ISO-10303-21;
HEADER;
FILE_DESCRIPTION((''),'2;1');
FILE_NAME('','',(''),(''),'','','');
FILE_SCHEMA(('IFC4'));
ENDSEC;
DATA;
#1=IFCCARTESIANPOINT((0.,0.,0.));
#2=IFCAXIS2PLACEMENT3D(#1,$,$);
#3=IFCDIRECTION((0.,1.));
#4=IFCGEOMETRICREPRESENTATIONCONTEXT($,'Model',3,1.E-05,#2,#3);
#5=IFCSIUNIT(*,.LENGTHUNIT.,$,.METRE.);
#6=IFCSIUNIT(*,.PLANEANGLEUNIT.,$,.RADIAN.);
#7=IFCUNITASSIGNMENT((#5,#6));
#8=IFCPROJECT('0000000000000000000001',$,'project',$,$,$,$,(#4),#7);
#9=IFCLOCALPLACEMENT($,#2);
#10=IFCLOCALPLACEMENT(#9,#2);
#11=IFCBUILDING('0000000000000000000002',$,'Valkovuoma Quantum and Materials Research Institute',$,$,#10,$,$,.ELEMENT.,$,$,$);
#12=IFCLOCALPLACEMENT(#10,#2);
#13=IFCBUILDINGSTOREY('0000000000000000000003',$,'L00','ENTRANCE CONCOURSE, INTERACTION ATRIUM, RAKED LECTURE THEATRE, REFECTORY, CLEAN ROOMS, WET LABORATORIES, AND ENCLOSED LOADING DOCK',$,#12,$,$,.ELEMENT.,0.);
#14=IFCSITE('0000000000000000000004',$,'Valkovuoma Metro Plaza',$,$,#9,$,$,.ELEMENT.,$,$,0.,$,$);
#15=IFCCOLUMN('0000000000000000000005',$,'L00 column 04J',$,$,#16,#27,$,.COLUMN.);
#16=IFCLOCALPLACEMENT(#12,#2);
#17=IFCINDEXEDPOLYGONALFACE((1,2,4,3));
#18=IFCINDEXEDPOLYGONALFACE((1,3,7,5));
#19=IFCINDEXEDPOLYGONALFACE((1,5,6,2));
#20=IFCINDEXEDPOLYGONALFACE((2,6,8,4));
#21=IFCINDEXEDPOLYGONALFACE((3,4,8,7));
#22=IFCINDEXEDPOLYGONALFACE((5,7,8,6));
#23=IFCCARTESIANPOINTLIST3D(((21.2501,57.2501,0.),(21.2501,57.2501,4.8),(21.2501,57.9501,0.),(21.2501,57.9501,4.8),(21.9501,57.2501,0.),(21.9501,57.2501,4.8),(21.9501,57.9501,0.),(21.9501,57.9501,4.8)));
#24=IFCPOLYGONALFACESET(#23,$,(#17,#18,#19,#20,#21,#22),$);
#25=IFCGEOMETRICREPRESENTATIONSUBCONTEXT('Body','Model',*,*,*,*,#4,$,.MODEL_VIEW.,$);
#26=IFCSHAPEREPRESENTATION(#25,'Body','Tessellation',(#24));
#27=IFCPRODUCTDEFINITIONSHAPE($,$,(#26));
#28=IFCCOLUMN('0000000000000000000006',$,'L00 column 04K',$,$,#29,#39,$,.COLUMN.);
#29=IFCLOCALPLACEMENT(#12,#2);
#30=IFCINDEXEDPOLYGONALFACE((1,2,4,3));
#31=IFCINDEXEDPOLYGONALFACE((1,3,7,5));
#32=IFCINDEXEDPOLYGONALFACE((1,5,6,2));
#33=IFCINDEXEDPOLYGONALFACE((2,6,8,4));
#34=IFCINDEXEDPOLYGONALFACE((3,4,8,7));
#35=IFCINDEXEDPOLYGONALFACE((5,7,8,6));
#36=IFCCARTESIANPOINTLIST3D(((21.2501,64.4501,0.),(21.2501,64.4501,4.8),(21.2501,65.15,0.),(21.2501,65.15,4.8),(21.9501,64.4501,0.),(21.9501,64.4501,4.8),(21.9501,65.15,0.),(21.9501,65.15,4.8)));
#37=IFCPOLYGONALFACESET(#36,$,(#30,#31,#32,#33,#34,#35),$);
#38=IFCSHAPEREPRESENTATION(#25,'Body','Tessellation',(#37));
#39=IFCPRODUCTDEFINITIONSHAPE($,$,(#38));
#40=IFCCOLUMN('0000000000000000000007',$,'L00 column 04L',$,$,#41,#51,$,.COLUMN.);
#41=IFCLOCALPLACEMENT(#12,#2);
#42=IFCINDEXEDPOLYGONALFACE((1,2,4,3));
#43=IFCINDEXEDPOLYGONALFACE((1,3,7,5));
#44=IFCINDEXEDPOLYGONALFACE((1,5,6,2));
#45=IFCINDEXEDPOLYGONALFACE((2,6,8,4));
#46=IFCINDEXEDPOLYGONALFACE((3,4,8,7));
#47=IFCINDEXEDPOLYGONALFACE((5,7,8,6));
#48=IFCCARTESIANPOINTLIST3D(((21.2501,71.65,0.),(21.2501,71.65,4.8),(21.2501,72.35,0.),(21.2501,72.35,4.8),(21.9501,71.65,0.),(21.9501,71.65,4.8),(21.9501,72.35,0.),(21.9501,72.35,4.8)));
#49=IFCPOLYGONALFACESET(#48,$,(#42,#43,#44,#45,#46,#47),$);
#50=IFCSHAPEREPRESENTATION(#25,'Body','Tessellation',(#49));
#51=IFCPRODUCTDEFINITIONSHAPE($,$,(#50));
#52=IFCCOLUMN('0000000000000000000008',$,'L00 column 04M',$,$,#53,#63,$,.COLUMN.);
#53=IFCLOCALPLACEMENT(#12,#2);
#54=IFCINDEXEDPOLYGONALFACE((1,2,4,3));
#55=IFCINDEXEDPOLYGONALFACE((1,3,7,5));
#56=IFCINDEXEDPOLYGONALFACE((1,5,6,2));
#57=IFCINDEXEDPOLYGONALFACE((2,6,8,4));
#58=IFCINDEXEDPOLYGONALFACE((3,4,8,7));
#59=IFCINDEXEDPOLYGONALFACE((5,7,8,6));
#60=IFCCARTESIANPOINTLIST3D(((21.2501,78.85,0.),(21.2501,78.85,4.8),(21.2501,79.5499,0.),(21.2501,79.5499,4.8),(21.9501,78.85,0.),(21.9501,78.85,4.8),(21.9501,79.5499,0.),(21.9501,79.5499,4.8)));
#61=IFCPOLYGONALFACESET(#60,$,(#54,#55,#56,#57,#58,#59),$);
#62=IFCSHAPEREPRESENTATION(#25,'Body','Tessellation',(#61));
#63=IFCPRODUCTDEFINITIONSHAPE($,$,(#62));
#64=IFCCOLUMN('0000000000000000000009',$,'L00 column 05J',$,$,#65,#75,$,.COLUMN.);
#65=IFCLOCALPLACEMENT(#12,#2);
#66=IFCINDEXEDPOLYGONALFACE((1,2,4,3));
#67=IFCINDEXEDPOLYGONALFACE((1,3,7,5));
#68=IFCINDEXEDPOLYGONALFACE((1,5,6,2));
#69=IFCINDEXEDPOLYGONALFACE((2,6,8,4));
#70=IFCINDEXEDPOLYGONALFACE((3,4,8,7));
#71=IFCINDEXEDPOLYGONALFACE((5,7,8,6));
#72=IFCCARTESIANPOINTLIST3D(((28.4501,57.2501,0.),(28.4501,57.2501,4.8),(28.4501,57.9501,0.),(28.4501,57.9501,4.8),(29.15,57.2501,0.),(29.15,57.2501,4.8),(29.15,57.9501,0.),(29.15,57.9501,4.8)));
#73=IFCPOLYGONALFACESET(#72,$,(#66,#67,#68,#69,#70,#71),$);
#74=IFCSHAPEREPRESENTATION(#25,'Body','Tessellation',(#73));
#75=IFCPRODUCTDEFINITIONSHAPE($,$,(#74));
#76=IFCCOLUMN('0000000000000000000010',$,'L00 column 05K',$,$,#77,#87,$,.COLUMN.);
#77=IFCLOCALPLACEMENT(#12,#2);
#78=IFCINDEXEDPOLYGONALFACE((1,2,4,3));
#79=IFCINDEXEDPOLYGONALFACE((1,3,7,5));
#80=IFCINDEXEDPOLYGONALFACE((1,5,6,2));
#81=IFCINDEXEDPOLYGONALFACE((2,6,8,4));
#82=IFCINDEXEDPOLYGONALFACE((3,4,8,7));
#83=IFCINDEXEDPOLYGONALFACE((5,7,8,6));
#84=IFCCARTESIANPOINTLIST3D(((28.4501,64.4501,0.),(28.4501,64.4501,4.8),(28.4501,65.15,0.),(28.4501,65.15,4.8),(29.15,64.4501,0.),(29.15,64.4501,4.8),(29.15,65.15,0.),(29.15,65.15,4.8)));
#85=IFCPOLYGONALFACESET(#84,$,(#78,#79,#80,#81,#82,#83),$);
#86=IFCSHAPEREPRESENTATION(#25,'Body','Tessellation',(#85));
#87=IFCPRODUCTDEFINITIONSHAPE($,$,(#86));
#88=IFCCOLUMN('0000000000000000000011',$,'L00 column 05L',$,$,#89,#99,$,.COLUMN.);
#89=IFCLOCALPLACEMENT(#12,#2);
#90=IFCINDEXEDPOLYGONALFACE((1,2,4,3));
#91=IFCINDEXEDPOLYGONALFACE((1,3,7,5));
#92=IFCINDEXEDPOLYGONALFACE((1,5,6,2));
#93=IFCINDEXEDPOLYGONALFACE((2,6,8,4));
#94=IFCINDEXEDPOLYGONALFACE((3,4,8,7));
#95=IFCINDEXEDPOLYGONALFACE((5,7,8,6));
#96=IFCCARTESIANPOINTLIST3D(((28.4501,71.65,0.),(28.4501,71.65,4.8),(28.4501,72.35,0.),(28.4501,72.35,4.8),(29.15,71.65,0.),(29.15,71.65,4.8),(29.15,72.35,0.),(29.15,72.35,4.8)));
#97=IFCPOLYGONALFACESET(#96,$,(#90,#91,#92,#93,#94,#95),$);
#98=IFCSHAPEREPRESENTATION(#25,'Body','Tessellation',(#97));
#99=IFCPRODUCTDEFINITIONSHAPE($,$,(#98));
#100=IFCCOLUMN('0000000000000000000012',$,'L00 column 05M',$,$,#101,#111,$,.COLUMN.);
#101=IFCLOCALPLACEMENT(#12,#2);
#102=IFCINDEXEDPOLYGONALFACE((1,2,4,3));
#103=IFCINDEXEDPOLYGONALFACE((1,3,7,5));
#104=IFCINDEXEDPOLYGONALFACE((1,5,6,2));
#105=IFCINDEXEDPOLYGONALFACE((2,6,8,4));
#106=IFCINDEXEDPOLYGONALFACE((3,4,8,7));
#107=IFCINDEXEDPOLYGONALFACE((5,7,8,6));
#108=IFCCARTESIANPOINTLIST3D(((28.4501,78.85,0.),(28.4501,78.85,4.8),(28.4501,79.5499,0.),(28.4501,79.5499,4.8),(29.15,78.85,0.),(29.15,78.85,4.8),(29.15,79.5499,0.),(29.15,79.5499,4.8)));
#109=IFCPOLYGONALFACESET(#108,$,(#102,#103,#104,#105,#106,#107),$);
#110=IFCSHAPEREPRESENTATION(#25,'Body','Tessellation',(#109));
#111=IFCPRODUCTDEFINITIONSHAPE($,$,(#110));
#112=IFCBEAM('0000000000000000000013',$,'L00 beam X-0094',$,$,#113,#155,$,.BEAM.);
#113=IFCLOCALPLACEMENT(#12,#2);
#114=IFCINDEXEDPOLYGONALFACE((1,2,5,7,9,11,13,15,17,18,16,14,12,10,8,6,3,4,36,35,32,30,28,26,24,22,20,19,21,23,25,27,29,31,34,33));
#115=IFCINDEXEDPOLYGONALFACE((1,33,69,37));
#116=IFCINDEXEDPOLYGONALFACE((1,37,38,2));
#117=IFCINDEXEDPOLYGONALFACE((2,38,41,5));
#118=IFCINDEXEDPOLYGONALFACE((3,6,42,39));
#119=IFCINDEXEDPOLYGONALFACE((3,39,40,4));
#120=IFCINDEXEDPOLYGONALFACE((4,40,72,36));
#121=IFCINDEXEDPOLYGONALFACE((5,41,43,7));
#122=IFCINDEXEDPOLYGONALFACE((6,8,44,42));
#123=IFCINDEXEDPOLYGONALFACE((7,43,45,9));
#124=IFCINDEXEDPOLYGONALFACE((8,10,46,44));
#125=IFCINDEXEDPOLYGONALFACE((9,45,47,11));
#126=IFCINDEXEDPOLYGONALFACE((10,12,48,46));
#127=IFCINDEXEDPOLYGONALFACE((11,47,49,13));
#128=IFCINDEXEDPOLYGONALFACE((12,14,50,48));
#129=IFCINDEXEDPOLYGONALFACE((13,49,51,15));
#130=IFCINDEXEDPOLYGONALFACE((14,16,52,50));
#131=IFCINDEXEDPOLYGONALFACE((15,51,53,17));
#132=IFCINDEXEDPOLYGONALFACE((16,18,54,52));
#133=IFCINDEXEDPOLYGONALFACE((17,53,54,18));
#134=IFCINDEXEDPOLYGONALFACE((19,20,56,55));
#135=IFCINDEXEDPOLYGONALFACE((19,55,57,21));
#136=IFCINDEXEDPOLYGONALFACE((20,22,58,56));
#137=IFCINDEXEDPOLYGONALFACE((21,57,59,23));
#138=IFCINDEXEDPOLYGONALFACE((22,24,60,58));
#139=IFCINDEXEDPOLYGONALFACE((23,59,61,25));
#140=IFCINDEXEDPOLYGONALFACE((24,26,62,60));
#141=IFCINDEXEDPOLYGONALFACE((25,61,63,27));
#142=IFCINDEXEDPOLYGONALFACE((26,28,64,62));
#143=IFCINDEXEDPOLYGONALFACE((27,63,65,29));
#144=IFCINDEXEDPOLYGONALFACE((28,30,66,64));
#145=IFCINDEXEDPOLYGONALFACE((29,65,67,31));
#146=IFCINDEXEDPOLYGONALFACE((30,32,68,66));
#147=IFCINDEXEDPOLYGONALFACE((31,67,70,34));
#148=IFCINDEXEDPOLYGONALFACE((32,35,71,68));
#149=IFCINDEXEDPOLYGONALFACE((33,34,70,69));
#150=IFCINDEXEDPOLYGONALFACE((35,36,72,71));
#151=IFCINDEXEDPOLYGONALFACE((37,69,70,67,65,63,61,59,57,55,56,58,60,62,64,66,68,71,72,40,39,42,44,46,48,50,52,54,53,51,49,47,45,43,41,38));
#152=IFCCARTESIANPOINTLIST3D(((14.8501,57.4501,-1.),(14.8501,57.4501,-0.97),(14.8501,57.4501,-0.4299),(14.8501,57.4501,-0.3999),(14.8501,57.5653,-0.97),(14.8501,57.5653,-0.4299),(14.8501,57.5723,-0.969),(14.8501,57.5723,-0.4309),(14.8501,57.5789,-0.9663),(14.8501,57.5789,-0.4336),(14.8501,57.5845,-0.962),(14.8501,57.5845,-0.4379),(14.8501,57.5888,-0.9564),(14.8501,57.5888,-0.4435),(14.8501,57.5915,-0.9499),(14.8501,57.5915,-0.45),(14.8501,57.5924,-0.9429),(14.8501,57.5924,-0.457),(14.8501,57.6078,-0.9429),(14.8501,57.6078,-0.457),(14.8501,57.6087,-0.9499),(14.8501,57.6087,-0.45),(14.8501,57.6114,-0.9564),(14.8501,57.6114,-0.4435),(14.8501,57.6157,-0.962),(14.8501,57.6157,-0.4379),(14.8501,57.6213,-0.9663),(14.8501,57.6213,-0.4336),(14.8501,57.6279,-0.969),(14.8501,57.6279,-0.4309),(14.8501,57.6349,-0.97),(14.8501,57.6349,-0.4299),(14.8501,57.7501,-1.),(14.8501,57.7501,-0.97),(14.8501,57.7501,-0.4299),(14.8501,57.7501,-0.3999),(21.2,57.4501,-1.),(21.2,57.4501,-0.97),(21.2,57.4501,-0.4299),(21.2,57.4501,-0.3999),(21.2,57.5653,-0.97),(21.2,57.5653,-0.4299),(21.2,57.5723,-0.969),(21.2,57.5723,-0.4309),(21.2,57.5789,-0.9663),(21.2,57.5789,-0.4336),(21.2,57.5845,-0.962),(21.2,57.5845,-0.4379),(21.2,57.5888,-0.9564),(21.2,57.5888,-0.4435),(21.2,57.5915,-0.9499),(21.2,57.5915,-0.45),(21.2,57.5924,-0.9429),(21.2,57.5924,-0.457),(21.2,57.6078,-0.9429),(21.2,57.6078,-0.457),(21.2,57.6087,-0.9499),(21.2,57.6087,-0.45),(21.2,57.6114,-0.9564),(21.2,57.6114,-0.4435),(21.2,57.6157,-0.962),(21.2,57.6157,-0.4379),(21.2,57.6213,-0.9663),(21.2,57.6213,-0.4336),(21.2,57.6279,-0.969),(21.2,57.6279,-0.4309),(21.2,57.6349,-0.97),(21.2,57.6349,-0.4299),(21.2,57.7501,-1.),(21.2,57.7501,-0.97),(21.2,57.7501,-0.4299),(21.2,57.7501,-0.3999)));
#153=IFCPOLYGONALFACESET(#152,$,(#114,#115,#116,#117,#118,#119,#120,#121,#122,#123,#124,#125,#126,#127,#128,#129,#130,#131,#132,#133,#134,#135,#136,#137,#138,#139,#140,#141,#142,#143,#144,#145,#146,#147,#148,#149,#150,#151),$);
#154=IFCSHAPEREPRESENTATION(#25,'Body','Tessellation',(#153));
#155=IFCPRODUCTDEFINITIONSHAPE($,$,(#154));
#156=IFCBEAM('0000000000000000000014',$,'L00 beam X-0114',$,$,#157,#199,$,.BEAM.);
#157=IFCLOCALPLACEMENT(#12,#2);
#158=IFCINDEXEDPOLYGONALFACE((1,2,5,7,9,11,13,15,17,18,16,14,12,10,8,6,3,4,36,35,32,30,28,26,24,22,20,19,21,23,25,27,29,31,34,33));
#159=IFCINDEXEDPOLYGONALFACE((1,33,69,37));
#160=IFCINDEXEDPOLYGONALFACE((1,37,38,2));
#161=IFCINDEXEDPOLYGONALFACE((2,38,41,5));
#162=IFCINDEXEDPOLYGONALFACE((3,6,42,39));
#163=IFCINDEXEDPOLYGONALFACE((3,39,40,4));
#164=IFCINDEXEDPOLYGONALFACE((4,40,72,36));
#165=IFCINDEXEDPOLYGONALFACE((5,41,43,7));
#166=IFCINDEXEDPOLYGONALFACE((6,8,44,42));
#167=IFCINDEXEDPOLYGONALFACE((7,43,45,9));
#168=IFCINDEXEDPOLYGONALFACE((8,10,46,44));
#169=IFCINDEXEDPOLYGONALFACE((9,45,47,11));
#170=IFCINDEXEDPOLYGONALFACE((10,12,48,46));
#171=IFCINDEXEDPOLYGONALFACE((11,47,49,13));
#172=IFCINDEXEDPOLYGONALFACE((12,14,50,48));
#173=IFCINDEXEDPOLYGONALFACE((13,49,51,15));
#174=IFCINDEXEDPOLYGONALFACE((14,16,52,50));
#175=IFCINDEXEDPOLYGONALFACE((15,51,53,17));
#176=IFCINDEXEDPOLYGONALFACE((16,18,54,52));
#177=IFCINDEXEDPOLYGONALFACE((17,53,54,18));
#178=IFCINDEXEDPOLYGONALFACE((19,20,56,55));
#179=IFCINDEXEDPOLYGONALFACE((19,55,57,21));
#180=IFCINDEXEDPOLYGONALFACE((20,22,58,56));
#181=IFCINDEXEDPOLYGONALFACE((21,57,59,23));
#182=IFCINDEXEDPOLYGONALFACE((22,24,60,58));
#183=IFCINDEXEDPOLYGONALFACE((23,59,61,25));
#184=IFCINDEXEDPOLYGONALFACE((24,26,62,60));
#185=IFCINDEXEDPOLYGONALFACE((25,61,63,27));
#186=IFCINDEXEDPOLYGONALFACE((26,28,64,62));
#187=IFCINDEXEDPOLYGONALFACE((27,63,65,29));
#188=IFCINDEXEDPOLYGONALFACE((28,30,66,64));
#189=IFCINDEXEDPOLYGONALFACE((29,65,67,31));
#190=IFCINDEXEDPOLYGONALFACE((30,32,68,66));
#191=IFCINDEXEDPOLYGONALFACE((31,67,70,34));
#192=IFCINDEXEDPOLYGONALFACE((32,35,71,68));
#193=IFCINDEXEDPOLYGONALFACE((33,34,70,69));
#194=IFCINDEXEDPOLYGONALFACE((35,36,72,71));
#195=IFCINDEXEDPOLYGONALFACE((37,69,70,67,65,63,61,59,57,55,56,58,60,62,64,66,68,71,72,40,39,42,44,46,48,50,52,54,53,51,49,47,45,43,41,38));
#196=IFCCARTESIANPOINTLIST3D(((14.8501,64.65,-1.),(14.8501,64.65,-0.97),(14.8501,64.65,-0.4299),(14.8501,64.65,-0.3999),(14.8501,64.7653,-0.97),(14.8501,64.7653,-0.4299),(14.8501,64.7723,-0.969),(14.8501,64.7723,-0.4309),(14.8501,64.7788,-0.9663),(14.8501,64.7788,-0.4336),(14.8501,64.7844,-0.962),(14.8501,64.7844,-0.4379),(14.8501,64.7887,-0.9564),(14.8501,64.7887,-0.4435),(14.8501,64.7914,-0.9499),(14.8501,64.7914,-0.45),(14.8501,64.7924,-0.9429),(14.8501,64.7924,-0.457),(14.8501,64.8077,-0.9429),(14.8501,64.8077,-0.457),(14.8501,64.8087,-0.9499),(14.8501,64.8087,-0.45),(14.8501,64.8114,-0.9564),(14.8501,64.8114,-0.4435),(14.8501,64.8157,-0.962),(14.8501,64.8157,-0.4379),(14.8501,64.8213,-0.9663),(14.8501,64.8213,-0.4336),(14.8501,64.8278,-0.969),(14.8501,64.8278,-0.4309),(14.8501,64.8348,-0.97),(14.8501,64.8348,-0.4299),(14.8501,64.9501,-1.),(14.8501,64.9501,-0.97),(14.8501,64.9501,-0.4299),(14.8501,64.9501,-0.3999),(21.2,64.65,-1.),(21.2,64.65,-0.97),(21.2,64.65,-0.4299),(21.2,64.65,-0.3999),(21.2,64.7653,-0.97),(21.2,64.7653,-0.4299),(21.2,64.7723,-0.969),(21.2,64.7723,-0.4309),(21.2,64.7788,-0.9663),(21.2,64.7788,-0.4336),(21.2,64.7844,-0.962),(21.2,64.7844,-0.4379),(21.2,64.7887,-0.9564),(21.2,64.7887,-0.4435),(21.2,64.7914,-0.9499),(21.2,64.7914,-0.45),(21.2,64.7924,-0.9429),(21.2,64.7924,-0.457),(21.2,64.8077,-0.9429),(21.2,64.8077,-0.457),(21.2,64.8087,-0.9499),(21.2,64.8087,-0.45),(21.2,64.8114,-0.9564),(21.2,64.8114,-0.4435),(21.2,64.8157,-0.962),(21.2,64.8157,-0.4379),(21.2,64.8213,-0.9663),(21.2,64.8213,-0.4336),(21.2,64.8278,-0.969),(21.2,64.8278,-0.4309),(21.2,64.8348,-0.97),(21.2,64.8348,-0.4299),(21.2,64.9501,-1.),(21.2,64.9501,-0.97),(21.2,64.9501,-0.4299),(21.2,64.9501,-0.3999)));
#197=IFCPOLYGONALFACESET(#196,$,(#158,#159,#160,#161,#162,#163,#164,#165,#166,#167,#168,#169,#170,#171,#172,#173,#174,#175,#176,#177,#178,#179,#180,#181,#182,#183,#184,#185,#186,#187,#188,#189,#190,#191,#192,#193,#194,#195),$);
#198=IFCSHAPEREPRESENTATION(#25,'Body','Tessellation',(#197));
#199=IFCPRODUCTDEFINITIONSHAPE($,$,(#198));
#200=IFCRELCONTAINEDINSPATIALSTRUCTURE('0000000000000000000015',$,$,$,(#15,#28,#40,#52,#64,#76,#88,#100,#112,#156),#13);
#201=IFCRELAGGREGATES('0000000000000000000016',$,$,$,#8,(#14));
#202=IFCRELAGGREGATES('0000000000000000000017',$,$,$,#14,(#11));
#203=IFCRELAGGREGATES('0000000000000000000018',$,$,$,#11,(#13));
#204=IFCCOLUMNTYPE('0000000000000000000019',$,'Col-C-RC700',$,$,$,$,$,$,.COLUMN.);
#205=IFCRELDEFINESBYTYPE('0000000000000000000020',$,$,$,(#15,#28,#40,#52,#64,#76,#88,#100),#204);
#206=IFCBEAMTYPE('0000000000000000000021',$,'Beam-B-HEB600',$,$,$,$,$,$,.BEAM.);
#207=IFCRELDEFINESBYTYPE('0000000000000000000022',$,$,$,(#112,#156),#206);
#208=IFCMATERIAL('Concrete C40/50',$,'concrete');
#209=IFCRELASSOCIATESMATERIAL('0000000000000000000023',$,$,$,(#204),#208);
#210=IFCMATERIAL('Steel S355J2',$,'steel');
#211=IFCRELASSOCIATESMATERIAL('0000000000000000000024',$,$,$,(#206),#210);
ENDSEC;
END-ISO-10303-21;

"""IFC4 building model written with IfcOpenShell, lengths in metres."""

from ifc_helpers import new_model, si_unit, direction, frame, origin, origin_2d, place, context, subcontext, project, spatial, rectangle, i_section, extrude, material, material_profile, profile_set, type_object, element, save


model = new_model("IFC4")

# Units and contexts
model_context = context("Model", 3, precision=1e-05, world=origin(), true_north=direction((0.0, 1.0)))
body_context = subcontext(model_context, "Body", "Model", "MODEL_VIEW")
ifc_project = project(units=[si_unit("LENGTHUNIT", "METRE"), si_unit("PLANEANGLEUNIT", "RADIAN")], contexts=[model_context])

# Site, building, storey
site_placement = place(None, origin())
site = spatial("IfcSite", under=ifc_project, at=site_placement, Name="Valkovuoma Metro Plaza", CompositionType="ELEMENT", RefElevation=0.0)
building_placement = place(site_placement, origin())
building = spatial("IfcBuilding", under=site, at=building_placement, Name="Valkovuoma Quantum and Materials Research Institute", CompositionType="ELEMENT")
storey_placement = place(building_placement, origin())
storey = spatial("IfcBuildingStorey", under=building, at=storey_placement, Name="L00", Description="ENTRANCE CONCOURSE, INTERACTION ATRIUM, RAKED LECTURE THEATRE, REFECTORY, CLEAN ROOMS, WET LABORATORIES, AND ENCLOSED LOADING DOCK", CompositionType="ELEMENT", Elevation=0.0)

# Columns
ifc_material_1 = material(Name="Concrete C40/50", Category="concrete")
ifc_material_profile_1 = material_profile(ifc_material_1, rectangle(XDim=0.7, YDim=0.7, at=origin_2d()), Name="Concrete C40/50")
ifc_profile_set_1 = profile_set([ifc_material_profile_1], Name="Concrete C40/50")
column_type = type_object("IfcColumnType", Name="Col-C-RC700", PredefinedType="COLUMN", material=ifc_profile_set_1)
for number, where, z_axis, x_axis, name in (
    (1, (21.6001, 57.6001, 0.0), (0.0, 0.0, 1.0), (1.0, 0.0, 0.0), "L00 column 04J"),
    (2, (21.6001, 64.8, 0.0), (0.0, 0.0, 1.0), (1.0, 0.0, 0.0), "L00 column 04K"),
    (3, (21.6001, 72.0, 0.0), (0.0, 0.0, 1.0), (1.0, 0.0, 0.0), "L00 column 04L"),
    (4, (21.6001, 79.2, 0.0), (0.0, 0.0, 1.0), (1.0, 0.0, 0.0), "L00 column 04M"),
    (5, (28.8, 57.6001, 0.0), (0.0, 0.0, 1.0), (1.0, 0.0, 0.0), "L00 column 05J"),
    (6, (28.8, 64.8, 0.0), (0.0, 0.0, 1.0), (1.0, 0.0, 0.0), "L00 column 05K"),
    (7, (28.8, 72.0, 0.0), (0.0, 0.0, 1.0), (1.0, 0.0, 0.0), "L00 column 05L"),
    (8, (28.8, 79.2, 0.0), (0.0, 0.0, 1.0), (1.0, 0.0, 0.0), "L00 column 05M"),
):
    element("IfcColumn", number, at=place(storey_placement, frame(where, z_axis=z_axis, x_axis=x_axis)), inside=storey, type_object=column_type, Name=name, PredefinedType="COLUMN", context=body_context, shape_type="SweptSolid", body=[
        extrude(rectangle(XDim=0.7, YDim=0.7, at=origin_2d()), origin(), (0.0, 0.0, 1.0), 4.8),
    ])

# Beams
ifc_material_2 = material(Name="Steel S355J2", Category="steel")
ifc_material_profile_2 = material_profile(ifc_material_2, i_section(OverallWidth=0.3, OverallDepth=0.6001, WebThickness=0.0154, FlangeThickness=0.03, FilletRadius=0.0271, at=origin_2d()), Name="Steel S355J2")
ifc_profile_set_2 = profile_set([ifc_material_profile_2], Name="Steel S355J2")
beam_type_1 = type_object("IfcBeamType", Name="Beam-B-HEB600", PredefinedType="BEAM", material=ifc_profile_set_2)
for number, where, z_axis, x_axis, name in (
    (9, (14.8501, 57.6001, -0.7), (1.0, 0.0, 0.0), (0.0, 1.0, 0.0), "L00 beam X-0094"),
    (10, (14.8501, 64.8, -0.7), (1.0, 0.0, 0.0), (0.0, 1.0, 0.0), "L00 beam X-0114"),
):
    element("IfcBeam", number, at=place(storey_placement, frame(where, z_axis=z_axis, x_axis=x_axis)), inside=storey, type_object=beam_type_1, Name=name, PredefinedType="BEAM", context=body_context, shape_type="SweptSolid", body=[
        extrude(i_section(OverallWidth=0.3, OverallDepth=0.6001, WebThickness=0.0154, FlangeThickness=0.03, FilletRadius=0.0271, at=origin_2d()), origin(), (0.0, 0.0, 1.0), 6.3499),
    ])

save(model, "model.ifc")
